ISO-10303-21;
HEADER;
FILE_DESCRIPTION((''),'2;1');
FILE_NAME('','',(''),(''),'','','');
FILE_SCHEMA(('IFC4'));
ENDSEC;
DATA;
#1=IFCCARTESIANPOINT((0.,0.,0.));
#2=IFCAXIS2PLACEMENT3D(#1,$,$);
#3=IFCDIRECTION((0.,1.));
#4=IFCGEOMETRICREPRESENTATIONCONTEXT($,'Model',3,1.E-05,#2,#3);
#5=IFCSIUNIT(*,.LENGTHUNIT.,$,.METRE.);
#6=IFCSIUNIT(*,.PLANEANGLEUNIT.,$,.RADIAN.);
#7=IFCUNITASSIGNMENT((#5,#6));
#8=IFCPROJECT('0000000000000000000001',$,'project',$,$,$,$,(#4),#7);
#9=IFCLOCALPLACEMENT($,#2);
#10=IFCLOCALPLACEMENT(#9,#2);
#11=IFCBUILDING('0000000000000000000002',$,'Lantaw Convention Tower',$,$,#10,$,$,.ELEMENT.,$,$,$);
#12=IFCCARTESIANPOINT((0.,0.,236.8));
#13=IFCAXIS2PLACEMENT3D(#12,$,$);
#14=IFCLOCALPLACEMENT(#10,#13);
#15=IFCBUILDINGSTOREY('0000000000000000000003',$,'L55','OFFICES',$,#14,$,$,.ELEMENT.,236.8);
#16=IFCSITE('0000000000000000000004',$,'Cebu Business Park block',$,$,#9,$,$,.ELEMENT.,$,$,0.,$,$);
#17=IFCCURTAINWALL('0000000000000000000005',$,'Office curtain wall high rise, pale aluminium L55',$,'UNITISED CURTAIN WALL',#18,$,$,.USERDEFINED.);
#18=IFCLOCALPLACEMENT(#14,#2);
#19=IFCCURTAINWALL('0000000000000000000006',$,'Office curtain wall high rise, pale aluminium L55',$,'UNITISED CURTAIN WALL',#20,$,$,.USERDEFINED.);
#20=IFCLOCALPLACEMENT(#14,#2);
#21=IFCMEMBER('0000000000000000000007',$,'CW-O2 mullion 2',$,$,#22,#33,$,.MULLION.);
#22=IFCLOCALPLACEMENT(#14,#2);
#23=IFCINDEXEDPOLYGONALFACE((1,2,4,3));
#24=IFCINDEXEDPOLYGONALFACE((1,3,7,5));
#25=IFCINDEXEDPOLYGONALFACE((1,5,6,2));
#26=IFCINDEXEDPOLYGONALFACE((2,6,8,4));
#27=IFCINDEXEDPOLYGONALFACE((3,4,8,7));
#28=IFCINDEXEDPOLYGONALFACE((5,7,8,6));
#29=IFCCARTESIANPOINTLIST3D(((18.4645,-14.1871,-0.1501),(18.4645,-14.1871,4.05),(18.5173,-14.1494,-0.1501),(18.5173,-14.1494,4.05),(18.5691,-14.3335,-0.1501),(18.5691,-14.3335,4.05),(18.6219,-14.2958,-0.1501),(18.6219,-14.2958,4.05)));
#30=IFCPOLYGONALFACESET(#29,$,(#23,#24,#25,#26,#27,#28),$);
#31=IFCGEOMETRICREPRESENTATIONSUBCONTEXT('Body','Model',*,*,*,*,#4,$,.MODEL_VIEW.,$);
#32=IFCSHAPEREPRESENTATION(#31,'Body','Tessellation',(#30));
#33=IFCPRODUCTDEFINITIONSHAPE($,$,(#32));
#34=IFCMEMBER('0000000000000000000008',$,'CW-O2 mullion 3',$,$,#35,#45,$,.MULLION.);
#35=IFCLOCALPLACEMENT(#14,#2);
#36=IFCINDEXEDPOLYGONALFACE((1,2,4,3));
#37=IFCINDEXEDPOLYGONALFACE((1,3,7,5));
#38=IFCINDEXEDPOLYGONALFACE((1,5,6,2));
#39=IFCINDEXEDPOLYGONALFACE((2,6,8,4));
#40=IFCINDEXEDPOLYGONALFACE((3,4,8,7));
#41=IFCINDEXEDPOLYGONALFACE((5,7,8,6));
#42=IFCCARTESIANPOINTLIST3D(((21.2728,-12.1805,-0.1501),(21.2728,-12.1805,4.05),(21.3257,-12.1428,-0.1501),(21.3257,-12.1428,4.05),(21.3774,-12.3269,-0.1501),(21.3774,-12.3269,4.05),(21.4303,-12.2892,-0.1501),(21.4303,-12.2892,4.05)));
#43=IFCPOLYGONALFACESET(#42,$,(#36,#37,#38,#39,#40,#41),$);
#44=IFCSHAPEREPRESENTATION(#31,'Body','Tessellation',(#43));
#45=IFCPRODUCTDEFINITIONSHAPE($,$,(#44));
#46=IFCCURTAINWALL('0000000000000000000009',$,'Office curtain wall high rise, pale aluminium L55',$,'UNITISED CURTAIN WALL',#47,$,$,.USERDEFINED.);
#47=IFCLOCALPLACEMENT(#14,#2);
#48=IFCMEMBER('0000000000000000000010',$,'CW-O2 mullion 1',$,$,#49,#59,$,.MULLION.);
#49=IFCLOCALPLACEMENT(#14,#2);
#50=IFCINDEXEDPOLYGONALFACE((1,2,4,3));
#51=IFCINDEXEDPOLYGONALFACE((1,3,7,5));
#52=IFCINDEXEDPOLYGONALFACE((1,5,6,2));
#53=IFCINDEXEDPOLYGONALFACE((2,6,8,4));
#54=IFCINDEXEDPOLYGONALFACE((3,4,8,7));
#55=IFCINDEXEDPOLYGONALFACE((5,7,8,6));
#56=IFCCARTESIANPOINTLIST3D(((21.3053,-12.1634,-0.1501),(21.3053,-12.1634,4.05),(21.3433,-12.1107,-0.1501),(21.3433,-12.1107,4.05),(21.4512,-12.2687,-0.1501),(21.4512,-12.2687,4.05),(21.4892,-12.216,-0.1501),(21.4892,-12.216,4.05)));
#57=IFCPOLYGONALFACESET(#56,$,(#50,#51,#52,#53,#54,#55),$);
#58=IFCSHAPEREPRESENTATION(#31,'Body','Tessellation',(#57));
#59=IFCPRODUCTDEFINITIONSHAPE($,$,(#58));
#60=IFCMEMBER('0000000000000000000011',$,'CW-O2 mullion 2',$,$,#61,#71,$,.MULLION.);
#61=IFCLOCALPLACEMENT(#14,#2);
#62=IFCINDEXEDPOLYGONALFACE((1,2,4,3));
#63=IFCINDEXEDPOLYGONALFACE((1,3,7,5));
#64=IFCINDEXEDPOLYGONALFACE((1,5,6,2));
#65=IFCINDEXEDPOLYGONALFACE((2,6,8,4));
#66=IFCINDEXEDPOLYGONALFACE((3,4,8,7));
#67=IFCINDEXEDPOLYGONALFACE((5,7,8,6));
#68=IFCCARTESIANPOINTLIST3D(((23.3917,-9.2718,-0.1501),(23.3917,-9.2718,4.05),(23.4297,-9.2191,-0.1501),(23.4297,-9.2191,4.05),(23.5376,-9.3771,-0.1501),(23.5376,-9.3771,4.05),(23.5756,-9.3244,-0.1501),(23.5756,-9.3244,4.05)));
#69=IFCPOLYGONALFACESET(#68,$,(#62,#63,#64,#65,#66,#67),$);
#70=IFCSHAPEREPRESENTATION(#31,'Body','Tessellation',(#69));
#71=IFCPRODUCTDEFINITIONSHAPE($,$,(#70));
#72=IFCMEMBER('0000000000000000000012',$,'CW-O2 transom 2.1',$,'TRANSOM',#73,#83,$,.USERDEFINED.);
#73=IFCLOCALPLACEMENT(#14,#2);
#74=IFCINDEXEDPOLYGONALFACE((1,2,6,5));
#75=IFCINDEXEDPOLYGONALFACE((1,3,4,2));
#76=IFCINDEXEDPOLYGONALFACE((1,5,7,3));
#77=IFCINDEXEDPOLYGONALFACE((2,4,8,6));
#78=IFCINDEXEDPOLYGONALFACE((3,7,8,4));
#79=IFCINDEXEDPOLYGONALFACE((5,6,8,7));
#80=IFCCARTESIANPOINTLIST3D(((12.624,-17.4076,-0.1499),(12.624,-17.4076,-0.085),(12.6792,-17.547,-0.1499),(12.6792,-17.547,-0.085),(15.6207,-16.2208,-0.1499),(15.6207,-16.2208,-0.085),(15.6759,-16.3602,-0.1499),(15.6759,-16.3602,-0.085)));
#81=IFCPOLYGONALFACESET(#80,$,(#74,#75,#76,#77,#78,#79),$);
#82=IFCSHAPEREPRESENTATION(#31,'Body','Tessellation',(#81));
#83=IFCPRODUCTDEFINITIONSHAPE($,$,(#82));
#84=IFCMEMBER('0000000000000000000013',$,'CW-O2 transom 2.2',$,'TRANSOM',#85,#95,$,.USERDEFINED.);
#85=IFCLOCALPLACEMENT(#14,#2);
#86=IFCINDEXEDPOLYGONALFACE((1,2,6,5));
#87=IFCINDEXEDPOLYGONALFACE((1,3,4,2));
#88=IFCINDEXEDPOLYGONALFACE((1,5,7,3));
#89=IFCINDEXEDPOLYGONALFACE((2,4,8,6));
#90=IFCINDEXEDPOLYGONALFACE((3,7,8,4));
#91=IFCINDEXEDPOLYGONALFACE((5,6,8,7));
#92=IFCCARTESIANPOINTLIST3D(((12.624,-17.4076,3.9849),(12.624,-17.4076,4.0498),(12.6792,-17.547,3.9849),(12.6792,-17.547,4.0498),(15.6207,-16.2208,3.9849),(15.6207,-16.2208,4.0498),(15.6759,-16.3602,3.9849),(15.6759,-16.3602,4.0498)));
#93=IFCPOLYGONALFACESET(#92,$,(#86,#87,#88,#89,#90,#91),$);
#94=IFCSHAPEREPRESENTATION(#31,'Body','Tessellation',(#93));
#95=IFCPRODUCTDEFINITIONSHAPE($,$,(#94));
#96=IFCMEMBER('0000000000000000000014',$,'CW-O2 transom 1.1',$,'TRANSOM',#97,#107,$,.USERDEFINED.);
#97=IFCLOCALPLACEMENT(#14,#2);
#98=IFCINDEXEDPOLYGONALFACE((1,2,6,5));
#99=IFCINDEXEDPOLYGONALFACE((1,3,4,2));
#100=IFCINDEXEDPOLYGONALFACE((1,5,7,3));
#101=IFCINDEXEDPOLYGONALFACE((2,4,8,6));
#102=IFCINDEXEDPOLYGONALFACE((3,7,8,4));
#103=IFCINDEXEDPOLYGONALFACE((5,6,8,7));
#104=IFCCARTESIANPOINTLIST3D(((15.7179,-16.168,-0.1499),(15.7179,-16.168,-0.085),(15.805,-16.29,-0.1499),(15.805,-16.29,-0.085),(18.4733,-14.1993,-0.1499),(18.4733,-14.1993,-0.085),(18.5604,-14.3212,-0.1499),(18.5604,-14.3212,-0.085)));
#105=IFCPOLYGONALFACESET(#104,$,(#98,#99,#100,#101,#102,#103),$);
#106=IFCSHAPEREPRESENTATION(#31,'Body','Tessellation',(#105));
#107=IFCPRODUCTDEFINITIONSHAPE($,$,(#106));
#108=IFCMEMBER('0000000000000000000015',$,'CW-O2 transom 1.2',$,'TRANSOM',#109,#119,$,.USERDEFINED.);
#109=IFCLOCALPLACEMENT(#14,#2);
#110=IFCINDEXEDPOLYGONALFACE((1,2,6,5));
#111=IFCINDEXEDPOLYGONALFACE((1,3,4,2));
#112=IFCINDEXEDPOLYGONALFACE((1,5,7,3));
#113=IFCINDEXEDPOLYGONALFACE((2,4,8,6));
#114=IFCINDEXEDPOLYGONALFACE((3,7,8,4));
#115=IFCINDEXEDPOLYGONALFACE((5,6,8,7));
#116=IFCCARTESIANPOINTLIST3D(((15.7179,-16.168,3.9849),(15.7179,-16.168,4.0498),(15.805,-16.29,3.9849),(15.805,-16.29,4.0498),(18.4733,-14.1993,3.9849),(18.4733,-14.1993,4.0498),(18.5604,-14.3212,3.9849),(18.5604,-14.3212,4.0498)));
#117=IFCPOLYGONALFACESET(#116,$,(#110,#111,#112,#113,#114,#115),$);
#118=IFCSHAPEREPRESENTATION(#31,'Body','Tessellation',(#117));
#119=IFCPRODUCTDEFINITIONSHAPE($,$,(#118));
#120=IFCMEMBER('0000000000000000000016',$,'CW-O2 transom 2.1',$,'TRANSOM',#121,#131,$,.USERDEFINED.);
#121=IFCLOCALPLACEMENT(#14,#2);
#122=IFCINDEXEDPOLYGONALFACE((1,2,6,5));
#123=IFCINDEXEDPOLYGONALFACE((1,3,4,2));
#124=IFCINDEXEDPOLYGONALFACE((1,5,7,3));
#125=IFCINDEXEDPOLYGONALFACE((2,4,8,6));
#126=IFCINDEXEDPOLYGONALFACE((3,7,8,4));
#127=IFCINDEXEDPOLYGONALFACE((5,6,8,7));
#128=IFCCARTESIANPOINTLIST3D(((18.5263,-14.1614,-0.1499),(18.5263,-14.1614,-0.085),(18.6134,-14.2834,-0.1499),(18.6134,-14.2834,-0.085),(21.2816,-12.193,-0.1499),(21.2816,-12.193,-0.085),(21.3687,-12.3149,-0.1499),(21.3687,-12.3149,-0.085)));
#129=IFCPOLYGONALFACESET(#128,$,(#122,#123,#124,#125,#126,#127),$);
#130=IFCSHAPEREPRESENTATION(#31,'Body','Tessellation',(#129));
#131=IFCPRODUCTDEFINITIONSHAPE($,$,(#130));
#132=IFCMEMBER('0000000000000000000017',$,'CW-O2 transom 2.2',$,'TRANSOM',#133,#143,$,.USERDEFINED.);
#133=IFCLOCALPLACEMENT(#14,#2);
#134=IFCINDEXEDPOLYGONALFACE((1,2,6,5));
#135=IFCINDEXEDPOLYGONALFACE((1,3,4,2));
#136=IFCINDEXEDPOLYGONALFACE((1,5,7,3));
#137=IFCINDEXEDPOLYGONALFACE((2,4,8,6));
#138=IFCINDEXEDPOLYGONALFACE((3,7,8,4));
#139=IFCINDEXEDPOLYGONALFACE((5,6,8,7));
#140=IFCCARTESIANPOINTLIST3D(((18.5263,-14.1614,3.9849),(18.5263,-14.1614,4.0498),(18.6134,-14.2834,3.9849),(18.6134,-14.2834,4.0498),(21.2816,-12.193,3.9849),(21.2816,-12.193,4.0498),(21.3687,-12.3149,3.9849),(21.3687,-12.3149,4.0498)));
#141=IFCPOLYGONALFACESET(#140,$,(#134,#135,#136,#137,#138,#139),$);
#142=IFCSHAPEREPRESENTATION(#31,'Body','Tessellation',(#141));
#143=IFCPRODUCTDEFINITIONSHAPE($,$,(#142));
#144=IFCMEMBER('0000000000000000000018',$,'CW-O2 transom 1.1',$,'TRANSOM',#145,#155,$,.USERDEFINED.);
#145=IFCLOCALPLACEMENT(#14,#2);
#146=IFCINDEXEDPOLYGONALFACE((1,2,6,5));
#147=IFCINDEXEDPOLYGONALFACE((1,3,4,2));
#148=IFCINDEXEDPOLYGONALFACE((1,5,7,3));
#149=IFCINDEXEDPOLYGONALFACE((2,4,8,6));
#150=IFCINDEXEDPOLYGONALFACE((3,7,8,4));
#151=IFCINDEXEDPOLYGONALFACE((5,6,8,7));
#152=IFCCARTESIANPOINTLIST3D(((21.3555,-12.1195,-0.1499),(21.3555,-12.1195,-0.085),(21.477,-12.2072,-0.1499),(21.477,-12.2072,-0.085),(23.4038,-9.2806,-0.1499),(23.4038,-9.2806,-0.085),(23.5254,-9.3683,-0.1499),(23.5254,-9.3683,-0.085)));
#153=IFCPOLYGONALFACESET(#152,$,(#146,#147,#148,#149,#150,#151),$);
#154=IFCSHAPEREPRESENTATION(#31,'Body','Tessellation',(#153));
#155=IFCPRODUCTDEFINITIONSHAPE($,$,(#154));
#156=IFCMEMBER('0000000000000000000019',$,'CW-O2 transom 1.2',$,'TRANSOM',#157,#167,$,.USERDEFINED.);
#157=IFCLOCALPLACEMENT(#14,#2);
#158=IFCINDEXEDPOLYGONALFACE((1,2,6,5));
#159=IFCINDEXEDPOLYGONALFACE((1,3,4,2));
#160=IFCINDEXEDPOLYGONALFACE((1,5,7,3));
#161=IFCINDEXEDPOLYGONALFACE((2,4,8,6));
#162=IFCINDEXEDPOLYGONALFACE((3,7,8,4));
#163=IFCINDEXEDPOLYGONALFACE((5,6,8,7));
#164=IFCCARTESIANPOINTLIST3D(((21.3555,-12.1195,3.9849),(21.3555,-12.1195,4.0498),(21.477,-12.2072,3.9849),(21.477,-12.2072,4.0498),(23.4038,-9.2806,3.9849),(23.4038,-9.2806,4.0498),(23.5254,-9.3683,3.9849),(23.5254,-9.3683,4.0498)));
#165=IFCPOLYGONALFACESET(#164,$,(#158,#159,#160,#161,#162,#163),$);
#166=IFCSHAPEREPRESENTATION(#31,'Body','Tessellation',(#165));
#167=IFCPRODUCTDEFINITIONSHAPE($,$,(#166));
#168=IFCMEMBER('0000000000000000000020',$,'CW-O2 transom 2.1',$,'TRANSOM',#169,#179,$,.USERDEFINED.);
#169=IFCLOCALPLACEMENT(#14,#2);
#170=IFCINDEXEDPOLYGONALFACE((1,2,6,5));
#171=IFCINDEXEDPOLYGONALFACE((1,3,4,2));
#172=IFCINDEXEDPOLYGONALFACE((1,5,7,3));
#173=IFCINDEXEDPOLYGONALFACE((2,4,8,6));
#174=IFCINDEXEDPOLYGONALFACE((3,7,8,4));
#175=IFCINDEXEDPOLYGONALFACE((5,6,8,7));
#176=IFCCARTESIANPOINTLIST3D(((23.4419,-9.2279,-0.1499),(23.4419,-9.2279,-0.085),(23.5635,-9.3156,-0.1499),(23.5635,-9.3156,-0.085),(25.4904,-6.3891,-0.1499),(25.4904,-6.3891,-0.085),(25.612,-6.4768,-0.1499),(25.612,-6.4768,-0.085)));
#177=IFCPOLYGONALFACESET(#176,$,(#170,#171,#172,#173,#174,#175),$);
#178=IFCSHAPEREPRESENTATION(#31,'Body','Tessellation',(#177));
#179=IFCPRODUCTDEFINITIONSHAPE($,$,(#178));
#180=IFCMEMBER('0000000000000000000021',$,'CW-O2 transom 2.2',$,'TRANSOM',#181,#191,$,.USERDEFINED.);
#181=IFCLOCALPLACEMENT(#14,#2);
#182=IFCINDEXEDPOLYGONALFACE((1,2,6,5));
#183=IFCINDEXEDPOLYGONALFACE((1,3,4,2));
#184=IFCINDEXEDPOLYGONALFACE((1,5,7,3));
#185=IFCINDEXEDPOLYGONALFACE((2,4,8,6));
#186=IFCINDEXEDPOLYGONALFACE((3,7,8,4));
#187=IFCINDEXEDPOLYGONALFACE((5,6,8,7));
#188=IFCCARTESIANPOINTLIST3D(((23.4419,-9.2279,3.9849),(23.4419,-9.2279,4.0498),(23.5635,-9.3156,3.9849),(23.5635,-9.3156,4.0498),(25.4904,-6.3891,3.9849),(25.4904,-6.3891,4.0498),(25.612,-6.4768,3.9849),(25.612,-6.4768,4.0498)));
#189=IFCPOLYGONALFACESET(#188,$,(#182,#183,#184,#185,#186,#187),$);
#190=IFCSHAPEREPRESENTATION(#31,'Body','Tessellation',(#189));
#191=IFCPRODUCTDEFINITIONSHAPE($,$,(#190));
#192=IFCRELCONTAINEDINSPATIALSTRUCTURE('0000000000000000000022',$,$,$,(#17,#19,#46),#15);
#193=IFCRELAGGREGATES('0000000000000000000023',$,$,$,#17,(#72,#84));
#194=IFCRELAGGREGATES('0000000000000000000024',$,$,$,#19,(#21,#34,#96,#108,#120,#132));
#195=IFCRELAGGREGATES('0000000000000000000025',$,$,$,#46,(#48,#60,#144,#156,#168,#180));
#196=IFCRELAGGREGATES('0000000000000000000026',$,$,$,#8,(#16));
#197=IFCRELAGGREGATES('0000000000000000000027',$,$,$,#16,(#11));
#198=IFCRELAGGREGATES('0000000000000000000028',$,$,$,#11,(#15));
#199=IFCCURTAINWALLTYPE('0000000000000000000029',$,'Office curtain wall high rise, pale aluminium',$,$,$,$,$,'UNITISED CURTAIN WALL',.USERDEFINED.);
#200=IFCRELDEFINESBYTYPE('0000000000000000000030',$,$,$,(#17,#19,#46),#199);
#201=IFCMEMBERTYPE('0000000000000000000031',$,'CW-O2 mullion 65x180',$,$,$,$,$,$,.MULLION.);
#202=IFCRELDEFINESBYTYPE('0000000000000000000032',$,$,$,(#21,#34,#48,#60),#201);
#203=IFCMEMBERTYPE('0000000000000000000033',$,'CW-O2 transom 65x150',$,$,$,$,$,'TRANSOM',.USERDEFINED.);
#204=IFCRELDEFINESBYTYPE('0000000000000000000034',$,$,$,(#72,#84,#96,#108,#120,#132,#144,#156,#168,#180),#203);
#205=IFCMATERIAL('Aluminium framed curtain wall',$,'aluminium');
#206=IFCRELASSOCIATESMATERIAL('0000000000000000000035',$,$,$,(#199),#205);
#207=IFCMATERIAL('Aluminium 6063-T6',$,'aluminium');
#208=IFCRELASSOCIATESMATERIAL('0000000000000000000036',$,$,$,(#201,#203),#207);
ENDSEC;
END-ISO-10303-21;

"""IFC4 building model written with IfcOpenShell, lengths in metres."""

from ifc_helpers import new_model, si_unit, direction, frame, origin, origin_2d, place, context, subcontext, project, spatial, rectangle, extrude, material, material_profile, profile_set, type_object, element, aggregate, save


model = new_model("IFC4")

# Units and contexts
model_context = context("Model", 3, precision=1e-05, world=origin(), true_north=direction((0.0, 1.0)))
body_context = subcontext(model_context, "Body", "Model", "MODEL_VIEW")
ifc_project = project(units=[si_unit("LENGTHUNIT", "METRE"), si_unit("PLANEANGLEUNIT", "RADIAN")], contexts=[model_context])

# Site, building, storey
site_placement = place(None, origin())
site = spatial("IfcSite", under=ifc_project, at=site_placement, Name="Cebu Business Park block", CompositionType="ELEMENT", RefElevation=0.0)
building_placement = place(site_placement, origin())
building = spatial("IfcBuilding", under=site, at=building_placement, Name="Lantaw Convention Tower", CompositionType="ELEMENT")
storey_placement = place(building_placement, frame((0.0, 0.0, 236.8)))
storey = spatial("IfcBuildingStorey", under=building, at=storey_placement, Name="L55", Description="OFFICES", CompositionType="ELEMENT", Elevation=236.8)

# Curtain walls, members
ifc_material_1 = material(Name="Aluminium framed curtain wall", Category="aluminium")
curtain_wall_type = type_object("IfcCurtainWallType", Name="Office curtain wall high rise, pale aluminium", ElementType="UNITISED CURTAIN WALL", PredefinedType="USERDEFINED", material=ifc_material_1)
curtain_wall_1_placement = place(storey_placement, origin())
curtain_wall_1 = element("IfcCurtainWall", 1, at=curtain_wall_1_placement, inside=storey, type_object=curtain_wall_type, Name="Office curtain wall high rise, pale aluminium L55", ObjectType="UNITISED CURTAIN WALL", PredefinedType="USERDEFINED")
ifc_material_2 = material(Name="Aluminium 6063-T6", Category="aluminium")
ifc_material_profile_1 = material_profile(ifc_material_2, rectangle(XDim=0.1799, YDim=0.0649, at=origin_2d()), Name="CW-O2 mullion 65x180")
ifc_profile_set_1 = profile_set([ifc_material_profile_1], Name="Aluminium 6063-T6")
member_type_1 = type_object("IfcMemberType", Name="CW-O2 mullion 65x180", PredefinedType="MULLION", material=ifc_profile_set_1)
curtain_wall_2_placement = place(storey_placement, origin())
curtain_wall_2 = element("IfcCurtainWall", 2, at=curtain_wall_2_placement, inside=storey, type_object=curtain_wall_type, Name="Office curtain wall high rise, pale aluminium L55", ObjectType="UNITISED CURTAIN WALL", PredefinedType="USERDEFINED")
member_1_placement = place(storey_placement, frame((18.5432, -14.2415, -0.1501), z_axis=(0.0, 0.0, 1.0), x_axis=(-0.581323, 0.813673, 0.0)))
member_1 = element("IfcMember", 3, at=member_1_placement, type_object=member_type_1, Name="CW-O2 mullion 2", PredefinedType="MULLION", context=body_context, shape_type="SweptSolid", body=[
    extrude(rectangle(XDim=0.1799, YDim=0.0649, at=origin_2d()), origin(), (0.0, 0.0, 1.0), 4.2002),
])
member_2_placement = place(storey_placement, frame((21.3516, -12.2349, -0.1501), z_axis=(0.0, 0.0, 1.0), x_axis=(-0.581323, 0.813673, 0.0)))
member_2 = element("IfcMember", 4, at=member_2_placement, type_object=member_type_1, Name="CW-O2 mullion 3", PredefinedType="MULLION", context=body_context, shape_type="SweptSolid", body=[
    extrude(rectangle(XDim=0.1799, YDim=0.0649, at=origin_2d()), origin(), (0.0, 0.0, 1.0), 4.2002),
])
curtain_wall_3_placement = place(storey_placement, origin())
curtain_wall_3 = element("IfcCurtainWall", 5, at=curtain_wall_3_placement, inside=storey, type_object=curtain_wall_type, Name="Office curtain wall high rise, pale aluminium L55", ObjectType="UNITISED CURTAIN WALL", PredefinedType="USERDEFINED")
member_3_placement = place(storey_placement, frame((21.3972, -12.1897, -0.1501), z_axis=(0.0, 0.0, 1.0), x_axis=(-0.81092, 0.585158, 0.0)))
member_3 = element("IfcMember", 6, at=member_3_placement, type_object=member_type_1, Name="CW-O2 mullion 1", PredefinedType="MULLION", context=body_context, shape_type="SweptSolid", body=[
    extrude(rectangle(XDim=0.1799, YDim=0.0649, at=origin_2d()), origin(), (0.0, 0.0, 1.0), 4.2002),
])
member_4_placement = place(storey_placement, frame((23.4836, -9.2981, -0.1501), z_axis=(0.0, 0.0, 1.0), x_axis=(-0.81092, 0.585158, 0.0)))
member_4 = element("IfcMember", 7, at=member_4_placement, type_object=member_type_1, Name="CW-O2 mullion 2", PredefinedType="MULLION", context=body_context, shape_type="SweptSolid", body=[
    extrude(rectangle(XDim=0.1799, YDim=0.0649, at=origin_2d()), origin(), (0.0, 0.0, 1.0), 4.2002),
])

# Members
ifc_material_profile_2 = material_profile(ifc_material_2, rectangle(XDim=0.1499, YDim=0.0649, at=origin_2d()), Name="CW-O2 transom 65x150")
ifc_profile_set_2 = profile_set([ifc_material_profile_2], Name="Aluminium 6063-T6")
member_type_2 = type_object("IfcMemberType", Name="CW-O2 transom 65x150", ElementType="TRANSOM", PredefinedType="USERDEFINED", material=ifc_profile_set_2)
member_5_placement = place(storey_placement, frame((12.6516, -17.4773, -0.1174), z_axis=(0.929741, 0.368215, 0.0), x_axis=(-0.368215, 0.929741, 0.0)))
member_5 = element("IfcMember", 8, at=member_5_placement, type_object=member_type_2, Name="CW-O2 transom 2.1", ObjectType="TRANSOM", PredefinedType="USERDEFINED", context=body_context, shape_type="SweptSolid", body=[
    extrude(rectangle(XDim=0.1499, YDim=0.0649, at=origin_2d()), origin(), (0.0, 0.0, 1.0), 3.2231),
])
member_6_placement = place(storey_placement, frame((12.6516, -17.4773, 4.0173), z_axis=(0.929741, 0.368215, 0.0), x_axis=(-0.368215, 0.929741, 0.0)))
member_6 = element("IfcMember", 9, at=member_6_placement, type_object=member_type_2, Name="CW-O2 transom 2.2", ObjectType="TRANSOM", PredefinedType="USERDEFINED", context=body_context, shape_type="SweptSolid", body=[
    extrude(rectangle(XDim=0.1499, YDim=0.0649, at=origin_2d()), origin(), (0.0, 0.0, 1.0), 3.2231),
])
member_7_placement = place(storey_placement, frame((15.7615, -16.229, -0.1174), z_axis=(0.813646, 0.581361, 0.0), x_axis=(-0.581361, 0.813646, 0.0)))
member_7 = element("IfcMember", 10, at=member_7_placement, type_object=member_type_2, Name="CW-O2 transom 1.1", ObjectType="TRANSOM", PredefinedType="USERDEFINED", context=body_context, shape_type="SweptSolid", body=[
    extrude(rectangle(XDim=0.1499, YDim=0.0649, at=origin_2d()), origin(), (0.0, 0.0, 1.0), 3.3865),
])
member_8_placement = place(storey_placement, frame((15.7615, -16.229, 4.0173), z_axis=(0.813646, 0.581361, 0.0), x_axis=(-0.581361, 0.813646, 0.0)))
member_8 = element("IfcMember", 11, at=member_8_placement, type_object=member_type_2, Name="CW-O2 transom 1.2", ObjectType="TRANSOM", PredefinedType="USERDEFINED", context=body_context, shape_type="SweptSolid", body=[
    extrude(rectangle(XDim=0.1499, YDim=0.0649, at=origin_2d()), origin(), (0.0, 0.0, 1.0), 3.3865),
])
member_9_placement = place(storey_placement, frame((18.5698, -14.2224, -0.1174), z_axis=(0.81368, 0.581313, 0.0), x_axis=(-0.581313, 0.81368, 0.0)))
member_9 = element("IfcMember", 12, at=member_9_placement, type_object=member_type_2, Name="CW-O2 transom 2.1", ObjectType="TRANSOM", PredefinedType="USERDEFINED", context=body_context, shape_type="SweptSolid", body=[
    extrude(rectangle(XDim=0.1499, YDim=0.0649, at=origin_2d()), origin(), (0.0, 0.0, 1.0), 3.3862),
])
member_10_placement = place(storey_placement, frame((18.5698, -14.2224, 4.0173), z_axis=(0.81368, 0.581313, 0.0), x_axis=(-0.581313, 0.81368, 0.0)))
member_10 = element("IfcMember", 13, at=member_10_placement, type_object=member_type_2, Name="CW-O2 transom 2.2", ObjectType="TRANSOM", PredefinedType="USERDEFINED", context=body_context, shape_type="SweptSolid", body=[
    extrude(rectangle(XDim=0.1499, YDim=0.0649, at=origin_2d()), origin(), (0.0, 0.0, 1.0), 3.3862),
])
member_11_placement = place(storey_placement, frame((21.4163, -12.1633, -0.1174), z_axis=(0.585124, 0.810944, 0.0), x_axis=(-0.810944, 0.585124, 0.0)))
member_11 = element("IfcMember", 14, at=member_11_placement, type_object=member_type_2, Name="CW-O2 transom 1.1", ObjectType="TRANSOM", PredefinedType="USERDEFINED", context=body_context, shape_type="SweptSolid", body=[
    extrude(rectangle(XDim=0.1499, YDim=0.0649, at=origin_2d()), origin(), (0.0, 0.0, 1.0), 3.5007),
])
member_12_placement = place(storey_placement, frame((21.4163, -12.1633, 4.0173), z_axis=(0.585124, 0.810944, 0.0), x_axis=(-0.810944, 0.585124, 0.0)))
member_12 = element("IfcMember", 15, at=member_12_placement, type_object=member_type_2, Name="CW-O2 transom 1.2", ObjectType="TRANSOM", PredefinedType="USERDEFINED", context=body_context, shape_type="SweptSolid", body=[
    extrude(rectangle(XDim=0.1499, YDim=0.0649, at=origin_2d()), origin(), (0.0, 0.0, 1.0), 3.5007),
])
member_13_placement = place(storey_placement, frame((23.5027, -9.2717, -0.1174), z_axis=(0.58517, 0.810911, 0.0), x_axis=(-0.810911, 0.58517, 0.0)))
member_13 = element("IfcMember", 16, at=member_13_placement, type_object=member_type_2, Name="CW-O2 transom 2.1", ObjectType="TRANSOM", PredefinedType="USERDEFINED", context=body_context, shape_type="SweptSolid", body=[
    extrude(rectangle(XDim=0.1499, YDim=0.0649, at=origin_2d()), origin(), (0.0, 0.0, 1.0), 3.5007),
])
member_14_placement = place(storey_placement, frame((23.5027, -9.2717, 4.0173), z_axis=(0.58517, 0.810911, 0.0), x_axis=(-0.810911, 0.58517, 0.0)))
member_14 = element("IfcMember", 17, at=member_14_placement, type_object=member_type_2, Name="CW-O2 transom 2.2", ObjectType="TRANSOM", PredefinedType="USERDEFINED", context=body_context, shape_type="SweptSolid", body=[
    extrude(rectangle(XDim=0.1499, YDim=0.0649, at=origin_2d()), origin(), (0.0, 0.0, 1.0), 3.5007),
])

aggregate(curtain_wall_1, [member_5, member_6])
aggregate(curtain_wall_2, [member_1, member_2, member_7, member_8, member_9, member_10])
aggregate(curtain_wall_3, [member_3, member_4, member_11, member_12, member_13, member_14])

save(model, "model.ifc")
